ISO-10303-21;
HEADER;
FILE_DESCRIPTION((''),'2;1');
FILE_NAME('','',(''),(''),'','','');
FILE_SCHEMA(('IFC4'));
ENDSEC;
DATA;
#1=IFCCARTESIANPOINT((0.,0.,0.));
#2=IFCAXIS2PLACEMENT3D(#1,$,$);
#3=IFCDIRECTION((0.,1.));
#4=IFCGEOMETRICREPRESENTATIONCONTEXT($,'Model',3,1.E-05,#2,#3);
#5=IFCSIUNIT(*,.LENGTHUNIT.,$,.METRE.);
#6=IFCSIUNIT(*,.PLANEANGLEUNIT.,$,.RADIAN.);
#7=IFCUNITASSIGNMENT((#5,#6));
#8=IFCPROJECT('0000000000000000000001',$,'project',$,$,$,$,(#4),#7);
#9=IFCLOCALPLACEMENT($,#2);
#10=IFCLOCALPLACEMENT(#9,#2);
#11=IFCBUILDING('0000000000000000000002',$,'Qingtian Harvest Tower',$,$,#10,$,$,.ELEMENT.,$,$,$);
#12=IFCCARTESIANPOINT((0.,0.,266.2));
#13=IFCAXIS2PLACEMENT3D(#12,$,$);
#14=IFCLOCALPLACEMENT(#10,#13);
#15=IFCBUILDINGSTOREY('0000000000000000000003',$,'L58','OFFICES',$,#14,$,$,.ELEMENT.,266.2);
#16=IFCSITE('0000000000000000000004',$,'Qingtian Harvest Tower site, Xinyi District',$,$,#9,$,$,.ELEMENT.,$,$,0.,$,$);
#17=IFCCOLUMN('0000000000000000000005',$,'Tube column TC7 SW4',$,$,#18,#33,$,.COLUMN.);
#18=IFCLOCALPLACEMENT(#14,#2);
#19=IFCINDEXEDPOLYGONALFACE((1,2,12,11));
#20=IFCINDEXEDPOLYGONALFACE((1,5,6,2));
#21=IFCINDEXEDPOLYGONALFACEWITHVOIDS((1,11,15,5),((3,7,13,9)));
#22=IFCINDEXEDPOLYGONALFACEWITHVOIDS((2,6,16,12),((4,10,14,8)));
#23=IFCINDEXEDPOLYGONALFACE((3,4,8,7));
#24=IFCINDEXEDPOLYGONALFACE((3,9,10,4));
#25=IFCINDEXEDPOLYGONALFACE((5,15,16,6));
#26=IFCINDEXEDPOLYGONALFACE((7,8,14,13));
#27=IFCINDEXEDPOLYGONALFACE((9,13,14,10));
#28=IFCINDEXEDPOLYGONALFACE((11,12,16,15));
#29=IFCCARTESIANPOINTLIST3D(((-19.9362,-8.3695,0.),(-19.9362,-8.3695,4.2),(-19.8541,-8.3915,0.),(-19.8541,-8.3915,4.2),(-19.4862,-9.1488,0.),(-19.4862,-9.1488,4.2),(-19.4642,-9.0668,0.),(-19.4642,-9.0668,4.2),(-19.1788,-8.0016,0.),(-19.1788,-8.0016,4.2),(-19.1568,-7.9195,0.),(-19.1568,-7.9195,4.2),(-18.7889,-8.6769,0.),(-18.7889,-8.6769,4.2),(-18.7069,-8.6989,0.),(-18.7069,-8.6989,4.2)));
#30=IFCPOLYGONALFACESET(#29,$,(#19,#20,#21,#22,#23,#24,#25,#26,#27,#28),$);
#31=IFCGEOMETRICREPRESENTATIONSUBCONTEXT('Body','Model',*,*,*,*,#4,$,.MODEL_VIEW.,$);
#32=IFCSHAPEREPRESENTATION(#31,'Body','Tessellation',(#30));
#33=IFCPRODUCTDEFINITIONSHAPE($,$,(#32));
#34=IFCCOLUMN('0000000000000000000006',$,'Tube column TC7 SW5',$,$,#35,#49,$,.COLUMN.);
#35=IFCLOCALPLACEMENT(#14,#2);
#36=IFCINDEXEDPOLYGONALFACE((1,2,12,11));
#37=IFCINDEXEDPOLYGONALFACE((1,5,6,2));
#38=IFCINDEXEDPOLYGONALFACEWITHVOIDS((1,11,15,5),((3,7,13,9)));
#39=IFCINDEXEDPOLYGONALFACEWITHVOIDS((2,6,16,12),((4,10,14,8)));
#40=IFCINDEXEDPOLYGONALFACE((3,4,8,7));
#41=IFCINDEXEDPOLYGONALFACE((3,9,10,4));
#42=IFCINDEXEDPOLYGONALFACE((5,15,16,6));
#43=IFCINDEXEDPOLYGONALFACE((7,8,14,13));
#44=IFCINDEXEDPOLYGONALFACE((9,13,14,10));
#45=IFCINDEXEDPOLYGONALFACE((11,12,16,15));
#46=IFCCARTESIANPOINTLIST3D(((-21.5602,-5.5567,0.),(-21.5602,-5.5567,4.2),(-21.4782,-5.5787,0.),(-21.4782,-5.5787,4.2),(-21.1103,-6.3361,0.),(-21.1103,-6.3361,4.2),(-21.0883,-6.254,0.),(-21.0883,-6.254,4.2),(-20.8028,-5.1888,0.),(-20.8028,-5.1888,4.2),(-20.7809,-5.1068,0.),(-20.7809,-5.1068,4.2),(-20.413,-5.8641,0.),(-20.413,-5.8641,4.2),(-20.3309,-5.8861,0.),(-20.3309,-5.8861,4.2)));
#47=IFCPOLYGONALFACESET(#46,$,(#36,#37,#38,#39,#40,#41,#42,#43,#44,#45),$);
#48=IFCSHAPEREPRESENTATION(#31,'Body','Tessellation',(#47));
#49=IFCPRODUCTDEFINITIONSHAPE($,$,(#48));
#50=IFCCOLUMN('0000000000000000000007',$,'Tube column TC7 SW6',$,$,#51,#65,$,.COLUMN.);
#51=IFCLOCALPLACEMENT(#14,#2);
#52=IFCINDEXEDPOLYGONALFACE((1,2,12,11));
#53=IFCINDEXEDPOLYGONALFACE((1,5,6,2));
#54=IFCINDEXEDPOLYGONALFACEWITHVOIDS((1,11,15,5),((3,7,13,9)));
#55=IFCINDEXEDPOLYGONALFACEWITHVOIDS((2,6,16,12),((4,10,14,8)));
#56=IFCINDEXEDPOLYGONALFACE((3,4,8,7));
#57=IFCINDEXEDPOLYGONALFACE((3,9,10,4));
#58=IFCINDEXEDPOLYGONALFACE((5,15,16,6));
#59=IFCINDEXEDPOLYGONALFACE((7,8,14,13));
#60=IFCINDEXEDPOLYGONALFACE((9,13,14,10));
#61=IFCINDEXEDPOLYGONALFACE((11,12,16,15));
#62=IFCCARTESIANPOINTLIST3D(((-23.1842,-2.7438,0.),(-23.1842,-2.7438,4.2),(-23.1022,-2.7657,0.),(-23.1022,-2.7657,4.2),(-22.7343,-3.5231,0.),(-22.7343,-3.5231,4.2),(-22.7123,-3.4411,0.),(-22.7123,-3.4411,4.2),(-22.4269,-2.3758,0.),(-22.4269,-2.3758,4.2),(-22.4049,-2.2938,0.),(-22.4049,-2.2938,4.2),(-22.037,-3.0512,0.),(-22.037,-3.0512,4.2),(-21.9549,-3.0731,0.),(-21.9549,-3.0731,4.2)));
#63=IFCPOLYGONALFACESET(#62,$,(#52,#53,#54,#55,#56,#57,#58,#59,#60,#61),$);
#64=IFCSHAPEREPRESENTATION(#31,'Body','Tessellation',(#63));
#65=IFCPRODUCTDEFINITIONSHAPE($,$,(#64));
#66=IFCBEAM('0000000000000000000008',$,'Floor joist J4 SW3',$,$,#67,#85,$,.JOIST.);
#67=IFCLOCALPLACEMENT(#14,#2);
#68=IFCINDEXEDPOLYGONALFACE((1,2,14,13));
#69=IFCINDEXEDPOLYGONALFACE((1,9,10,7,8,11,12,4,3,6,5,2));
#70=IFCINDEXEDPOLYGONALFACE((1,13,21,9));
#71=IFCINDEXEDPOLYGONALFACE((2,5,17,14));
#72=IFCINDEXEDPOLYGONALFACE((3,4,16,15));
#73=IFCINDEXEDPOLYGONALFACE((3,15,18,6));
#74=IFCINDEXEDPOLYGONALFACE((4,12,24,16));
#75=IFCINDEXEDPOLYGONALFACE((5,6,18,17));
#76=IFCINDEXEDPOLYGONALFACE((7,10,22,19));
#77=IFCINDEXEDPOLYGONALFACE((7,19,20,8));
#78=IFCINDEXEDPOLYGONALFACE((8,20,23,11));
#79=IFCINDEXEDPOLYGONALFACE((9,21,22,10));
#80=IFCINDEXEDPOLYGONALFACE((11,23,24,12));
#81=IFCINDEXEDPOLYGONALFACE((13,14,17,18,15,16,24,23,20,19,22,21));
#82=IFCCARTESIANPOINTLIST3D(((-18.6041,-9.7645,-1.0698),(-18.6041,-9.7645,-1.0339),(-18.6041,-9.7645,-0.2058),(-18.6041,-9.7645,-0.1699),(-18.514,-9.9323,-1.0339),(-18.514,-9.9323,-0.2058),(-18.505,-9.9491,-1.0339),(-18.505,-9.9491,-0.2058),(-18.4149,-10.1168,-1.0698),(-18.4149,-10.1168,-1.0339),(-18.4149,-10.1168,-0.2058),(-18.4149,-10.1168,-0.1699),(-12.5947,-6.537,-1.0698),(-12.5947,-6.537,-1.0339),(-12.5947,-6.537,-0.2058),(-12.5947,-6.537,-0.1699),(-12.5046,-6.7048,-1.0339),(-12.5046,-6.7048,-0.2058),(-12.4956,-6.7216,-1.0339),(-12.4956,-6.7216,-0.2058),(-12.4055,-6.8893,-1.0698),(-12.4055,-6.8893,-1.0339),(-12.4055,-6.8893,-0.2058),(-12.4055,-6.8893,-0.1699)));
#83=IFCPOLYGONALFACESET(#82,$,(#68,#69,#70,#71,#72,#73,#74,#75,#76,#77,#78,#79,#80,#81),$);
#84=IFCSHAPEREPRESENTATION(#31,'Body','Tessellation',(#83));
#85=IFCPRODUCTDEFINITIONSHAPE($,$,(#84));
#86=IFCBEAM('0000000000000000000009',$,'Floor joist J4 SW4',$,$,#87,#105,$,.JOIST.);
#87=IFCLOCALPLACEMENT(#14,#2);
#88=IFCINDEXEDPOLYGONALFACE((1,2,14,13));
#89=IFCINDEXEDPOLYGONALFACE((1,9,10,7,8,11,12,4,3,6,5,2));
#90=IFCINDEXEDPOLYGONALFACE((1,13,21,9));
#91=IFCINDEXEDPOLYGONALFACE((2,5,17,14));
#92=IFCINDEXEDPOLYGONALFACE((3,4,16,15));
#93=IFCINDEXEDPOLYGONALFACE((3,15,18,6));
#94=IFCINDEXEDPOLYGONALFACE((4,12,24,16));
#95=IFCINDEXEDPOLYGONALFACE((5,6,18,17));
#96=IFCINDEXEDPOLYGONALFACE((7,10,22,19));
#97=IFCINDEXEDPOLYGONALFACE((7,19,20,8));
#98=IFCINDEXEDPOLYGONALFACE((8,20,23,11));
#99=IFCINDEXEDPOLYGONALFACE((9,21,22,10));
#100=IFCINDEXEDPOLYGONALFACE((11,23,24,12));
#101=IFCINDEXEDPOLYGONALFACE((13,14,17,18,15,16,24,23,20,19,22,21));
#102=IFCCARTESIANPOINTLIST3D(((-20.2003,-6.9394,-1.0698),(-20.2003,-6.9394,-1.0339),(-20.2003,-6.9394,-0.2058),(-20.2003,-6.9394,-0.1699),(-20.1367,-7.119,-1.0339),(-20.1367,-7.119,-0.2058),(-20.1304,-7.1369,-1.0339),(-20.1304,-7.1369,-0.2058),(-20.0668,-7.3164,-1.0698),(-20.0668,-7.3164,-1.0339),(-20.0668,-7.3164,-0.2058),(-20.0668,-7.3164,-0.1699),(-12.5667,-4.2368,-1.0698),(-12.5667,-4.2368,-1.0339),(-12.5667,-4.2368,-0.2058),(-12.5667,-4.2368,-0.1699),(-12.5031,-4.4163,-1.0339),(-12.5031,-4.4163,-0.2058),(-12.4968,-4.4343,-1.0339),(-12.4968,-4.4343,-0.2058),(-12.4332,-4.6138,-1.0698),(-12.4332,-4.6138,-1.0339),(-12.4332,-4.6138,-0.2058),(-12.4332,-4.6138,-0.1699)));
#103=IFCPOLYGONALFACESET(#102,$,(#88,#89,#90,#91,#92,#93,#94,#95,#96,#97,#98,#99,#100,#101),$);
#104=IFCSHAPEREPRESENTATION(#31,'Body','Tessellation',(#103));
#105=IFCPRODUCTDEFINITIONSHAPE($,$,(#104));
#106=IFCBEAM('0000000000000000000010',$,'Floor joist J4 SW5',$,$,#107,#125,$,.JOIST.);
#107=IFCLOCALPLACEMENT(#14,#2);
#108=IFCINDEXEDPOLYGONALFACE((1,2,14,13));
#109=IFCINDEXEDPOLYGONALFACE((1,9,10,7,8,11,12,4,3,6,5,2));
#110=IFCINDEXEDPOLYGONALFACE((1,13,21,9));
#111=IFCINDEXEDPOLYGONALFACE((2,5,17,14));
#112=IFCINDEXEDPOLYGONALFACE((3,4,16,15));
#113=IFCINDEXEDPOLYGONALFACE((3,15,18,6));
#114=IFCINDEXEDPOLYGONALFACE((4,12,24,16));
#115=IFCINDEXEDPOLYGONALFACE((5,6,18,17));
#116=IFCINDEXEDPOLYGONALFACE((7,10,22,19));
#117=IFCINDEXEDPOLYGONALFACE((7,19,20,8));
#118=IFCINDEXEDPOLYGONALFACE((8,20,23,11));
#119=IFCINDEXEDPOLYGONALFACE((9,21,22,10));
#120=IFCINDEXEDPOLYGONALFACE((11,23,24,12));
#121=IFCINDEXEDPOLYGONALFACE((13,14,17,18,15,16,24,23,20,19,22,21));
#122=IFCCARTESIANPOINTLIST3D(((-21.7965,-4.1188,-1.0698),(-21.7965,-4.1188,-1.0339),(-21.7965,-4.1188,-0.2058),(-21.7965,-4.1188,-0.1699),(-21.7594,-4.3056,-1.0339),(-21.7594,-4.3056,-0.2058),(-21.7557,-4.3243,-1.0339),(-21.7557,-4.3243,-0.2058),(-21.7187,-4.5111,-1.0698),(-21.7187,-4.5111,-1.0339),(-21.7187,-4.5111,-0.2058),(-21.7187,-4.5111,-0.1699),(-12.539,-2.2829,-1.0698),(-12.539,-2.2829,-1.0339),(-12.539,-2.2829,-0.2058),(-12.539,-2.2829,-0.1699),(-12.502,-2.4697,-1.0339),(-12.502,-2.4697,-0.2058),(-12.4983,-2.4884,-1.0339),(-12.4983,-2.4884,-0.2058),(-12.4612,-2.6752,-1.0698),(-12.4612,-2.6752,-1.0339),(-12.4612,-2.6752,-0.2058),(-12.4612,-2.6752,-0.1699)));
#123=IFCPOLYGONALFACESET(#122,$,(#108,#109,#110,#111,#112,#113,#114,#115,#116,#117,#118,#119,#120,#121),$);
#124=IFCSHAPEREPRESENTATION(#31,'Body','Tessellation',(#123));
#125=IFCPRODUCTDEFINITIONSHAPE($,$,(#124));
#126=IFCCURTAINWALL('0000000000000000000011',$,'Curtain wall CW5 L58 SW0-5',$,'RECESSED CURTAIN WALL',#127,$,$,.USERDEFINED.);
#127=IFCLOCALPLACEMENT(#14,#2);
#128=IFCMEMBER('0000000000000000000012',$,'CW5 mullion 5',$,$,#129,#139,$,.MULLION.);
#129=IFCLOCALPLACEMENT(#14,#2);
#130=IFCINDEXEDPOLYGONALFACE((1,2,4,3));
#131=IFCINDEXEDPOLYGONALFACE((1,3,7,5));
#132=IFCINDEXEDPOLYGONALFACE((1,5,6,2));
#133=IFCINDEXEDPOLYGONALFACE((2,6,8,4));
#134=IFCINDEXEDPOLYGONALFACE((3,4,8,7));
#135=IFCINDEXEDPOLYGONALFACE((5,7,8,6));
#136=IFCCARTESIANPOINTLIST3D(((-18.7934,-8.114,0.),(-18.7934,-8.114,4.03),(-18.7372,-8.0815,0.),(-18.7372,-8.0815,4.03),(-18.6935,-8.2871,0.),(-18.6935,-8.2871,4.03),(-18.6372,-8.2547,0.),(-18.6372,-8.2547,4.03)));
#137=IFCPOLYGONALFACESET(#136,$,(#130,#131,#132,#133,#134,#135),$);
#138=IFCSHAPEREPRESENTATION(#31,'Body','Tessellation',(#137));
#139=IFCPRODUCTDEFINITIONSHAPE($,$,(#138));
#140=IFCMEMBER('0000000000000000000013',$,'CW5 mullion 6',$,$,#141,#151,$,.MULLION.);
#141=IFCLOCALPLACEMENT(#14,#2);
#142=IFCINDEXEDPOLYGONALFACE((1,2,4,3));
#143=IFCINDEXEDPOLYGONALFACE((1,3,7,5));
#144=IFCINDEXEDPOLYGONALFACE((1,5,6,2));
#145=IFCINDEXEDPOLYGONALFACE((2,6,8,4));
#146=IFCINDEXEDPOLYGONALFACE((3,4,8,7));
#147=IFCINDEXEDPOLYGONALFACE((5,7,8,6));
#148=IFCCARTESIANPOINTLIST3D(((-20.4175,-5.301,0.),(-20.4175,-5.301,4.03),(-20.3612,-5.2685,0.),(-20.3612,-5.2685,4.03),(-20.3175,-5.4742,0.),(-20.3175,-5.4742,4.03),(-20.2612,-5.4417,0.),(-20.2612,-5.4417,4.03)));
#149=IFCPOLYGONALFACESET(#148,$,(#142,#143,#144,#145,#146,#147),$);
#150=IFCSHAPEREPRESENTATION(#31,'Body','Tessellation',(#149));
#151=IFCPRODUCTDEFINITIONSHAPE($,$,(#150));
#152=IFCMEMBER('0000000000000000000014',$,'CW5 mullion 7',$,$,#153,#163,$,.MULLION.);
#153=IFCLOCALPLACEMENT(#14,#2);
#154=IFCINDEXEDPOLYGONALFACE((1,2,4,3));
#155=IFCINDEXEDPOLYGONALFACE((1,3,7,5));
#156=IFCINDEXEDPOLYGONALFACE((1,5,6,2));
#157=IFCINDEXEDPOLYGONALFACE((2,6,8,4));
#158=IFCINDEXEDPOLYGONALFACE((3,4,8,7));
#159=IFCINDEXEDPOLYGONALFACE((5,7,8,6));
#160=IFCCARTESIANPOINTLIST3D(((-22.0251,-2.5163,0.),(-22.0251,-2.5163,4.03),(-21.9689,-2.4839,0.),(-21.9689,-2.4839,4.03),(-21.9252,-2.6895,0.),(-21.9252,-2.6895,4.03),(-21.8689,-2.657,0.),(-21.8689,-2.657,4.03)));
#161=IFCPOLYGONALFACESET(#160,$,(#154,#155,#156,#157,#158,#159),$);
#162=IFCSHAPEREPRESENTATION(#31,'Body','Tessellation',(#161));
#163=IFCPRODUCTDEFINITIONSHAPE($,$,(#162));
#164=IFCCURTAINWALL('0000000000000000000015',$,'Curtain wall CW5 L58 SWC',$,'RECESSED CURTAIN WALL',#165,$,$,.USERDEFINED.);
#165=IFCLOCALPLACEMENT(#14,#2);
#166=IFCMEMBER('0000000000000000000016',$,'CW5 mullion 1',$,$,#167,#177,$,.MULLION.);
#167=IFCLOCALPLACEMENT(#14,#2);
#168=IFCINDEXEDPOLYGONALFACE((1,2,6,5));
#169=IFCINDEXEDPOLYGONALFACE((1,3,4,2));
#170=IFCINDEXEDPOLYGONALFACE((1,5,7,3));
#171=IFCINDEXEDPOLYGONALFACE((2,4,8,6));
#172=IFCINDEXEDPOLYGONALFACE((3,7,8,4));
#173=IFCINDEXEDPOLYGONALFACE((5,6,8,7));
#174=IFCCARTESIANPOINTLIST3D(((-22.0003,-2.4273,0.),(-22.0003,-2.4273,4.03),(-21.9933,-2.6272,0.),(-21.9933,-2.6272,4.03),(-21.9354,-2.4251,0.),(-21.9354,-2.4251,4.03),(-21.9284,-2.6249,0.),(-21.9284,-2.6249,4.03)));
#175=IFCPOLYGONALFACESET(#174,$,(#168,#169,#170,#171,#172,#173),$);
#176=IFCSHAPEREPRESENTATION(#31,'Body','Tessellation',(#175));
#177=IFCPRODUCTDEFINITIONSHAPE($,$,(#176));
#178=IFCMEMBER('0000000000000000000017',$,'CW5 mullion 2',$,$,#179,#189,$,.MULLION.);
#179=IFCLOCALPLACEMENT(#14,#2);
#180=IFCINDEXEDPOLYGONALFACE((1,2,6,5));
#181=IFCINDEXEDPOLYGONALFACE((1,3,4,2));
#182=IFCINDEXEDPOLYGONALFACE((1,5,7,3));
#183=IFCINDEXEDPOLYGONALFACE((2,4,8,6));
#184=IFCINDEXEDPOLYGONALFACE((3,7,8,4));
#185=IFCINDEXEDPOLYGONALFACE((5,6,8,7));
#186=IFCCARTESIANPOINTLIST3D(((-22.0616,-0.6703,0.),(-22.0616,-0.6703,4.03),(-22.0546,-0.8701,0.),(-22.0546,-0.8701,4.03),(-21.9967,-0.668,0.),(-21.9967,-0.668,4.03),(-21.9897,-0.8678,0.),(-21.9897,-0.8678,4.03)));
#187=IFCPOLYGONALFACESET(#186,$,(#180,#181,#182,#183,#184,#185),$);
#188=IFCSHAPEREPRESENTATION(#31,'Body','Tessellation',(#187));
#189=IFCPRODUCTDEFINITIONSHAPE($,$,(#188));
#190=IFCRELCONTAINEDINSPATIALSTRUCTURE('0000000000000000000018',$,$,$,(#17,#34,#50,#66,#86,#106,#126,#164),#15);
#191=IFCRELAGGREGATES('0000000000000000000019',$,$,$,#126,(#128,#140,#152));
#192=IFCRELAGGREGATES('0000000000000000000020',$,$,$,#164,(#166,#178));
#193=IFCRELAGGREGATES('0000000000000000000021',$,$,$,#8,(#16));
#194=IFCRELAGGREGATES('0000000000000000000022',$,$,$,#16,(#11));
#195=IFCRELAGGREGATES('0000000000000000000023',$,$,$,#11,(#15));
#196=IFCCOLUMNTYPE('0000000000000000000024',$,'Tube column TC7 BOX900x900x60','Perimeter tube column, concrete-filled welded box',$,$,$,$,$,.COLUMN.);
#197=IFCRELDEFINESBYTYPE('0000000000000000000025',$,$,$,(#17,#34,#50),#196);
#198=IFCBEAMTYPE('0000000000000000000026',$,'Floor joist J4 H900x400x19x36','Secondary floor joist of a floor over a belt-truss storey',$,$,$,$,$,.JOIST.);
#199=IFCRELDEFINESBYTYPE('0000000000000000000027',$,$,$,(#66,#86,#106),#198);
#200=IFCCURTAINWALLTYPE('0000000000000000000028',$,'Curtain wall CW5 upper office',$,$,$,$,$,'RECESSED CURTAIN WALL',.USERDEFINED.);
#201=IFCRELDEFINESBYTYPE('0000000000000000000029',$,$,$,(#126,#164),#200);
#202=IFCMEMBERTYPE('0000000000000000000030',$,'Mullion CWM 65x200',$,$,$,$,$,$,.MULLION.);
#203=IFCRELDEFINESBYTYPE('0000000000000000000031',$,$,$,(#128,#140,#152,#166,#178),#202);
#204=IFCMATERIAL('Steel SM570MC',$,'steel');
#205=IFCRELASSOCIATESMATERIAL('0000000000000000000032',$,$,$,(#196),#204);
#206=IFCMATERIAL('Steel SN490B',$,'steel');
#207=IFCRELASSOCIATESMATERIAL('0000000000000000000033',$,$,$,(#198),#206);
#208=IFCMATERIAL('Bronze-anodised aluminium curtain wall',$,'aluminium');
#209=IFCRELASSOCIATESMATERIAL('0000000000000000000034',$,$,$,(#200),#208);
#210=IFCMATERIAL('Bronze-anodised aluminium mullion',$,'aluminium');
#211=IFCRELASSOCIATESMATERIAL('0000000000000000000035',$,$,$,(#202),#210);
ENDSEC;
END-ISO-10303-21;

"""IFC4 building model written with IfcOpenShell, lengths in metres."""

from ifc_helpers import new_model, si_unit, direction, frame, origin, origin_2d, place, context, subcontext, project, spatial, rectangle, hollow_rectangle, i_section, extrude, material, material_profile, profile_set, type_object, element, aggregate, save


model = new_model("IFC4")

# Units and contexts
model_context = context("Model", 3, precision=1e-05, world=origin(), true_north=direction((0.0, 1.0)))
body_context = subcontext(model_context, "Body", "Model", "MODEL_VIEW")
ifc_project = project(units=[si_unit("LENGTHUNIT", "METRE"), si_unit("PLANEANGLEUNIT", "RADIAN")], contexts=[model_context])

# Site, building, storey
site_placement = place(None, origin())
site = spatial("IfcSite", under=ifc_project, at=site_placement, Name="Qingtian Harvest Tower site, Xinyi District", CompositionType="ELEMENT", RefElevation=0.0)
building_placement = place(site_placement, origin())
building = spatial("IfcBuilding", under=site, at=building_placement, Name="Qingtian Harvest Tower", CompositionType="ELEMENT")
storey_placement = place(building_placement, frame((0.0, 0.0, 266.2)))
storey = spatial("IfcBuildingStorey", under=building, at=storey_placement, Name="L58", Description="OFFICES", CompositionType="ELEMENT", Elevation=266.2)

# Columns
ifc_material_1 = material(Name="Steel SM570MC", Category="steel")
ifc_material_profile_1 = material_profile(ifc_material_1, hollow_rectangle(XDim=0.8999, YDim=0.8999, WallThickness=0.0601, at=origin_2d()), Name="BOX900x900x60")
ifc_profile_set_1 = profile_set([ifc_material_profile_1], Name="Steel SM570MC")
column_type = type_object("IfcColumnType", Name="Tube column TC7 BOX900x900x60", Description="Perimeter tube column, concrete-filled welded box", PredefinedType="COLUMN", material=ifc_profile_set_1)
for number, where, z_axis, x_axis, name in (
    (1, (-19.3215, -8.5342, 0.0), (0.0, 0.0, 1.0), (0.5, -0.866025, 0.0), "Tube column TC7 SW4"),
    (2, (-20.9456, -5.7214, 0.0), (0.0, 0.0, 1.0), (0.5, -0.866025, 0.0), "Tube column TC7 SW5"),
    (3, (-22.5696, -2.9084, 0.0), (0.0, 0.0, 1.0), (0.5, -0.866025, 0.0), "Tube column TC7 SW6"),
):
    element("IfcColumn", number, at=place(storey_placement, frame(where, z_axis=z_axis, x_axis=x_axis)), inside=storey, type_object=column_type, Name=name, PredefinedType="COLUMN", context=body_context, shape_type="SweptSolid", body=[
        extrude(hollow_rectangle(XDim=0.8999, YDim=0.8999, WallThickness=0.0601, at=origin_2d()), origin(), (0.0, 0.0, 1.0), 4.2),
    ])

# Beams
ifc_material_2 = material(Name="Steel SN490B", Category="steel")
ifc_material_profile_2 = material_profile(ifc_material_2, i_section(OverallWidth=0.3999, OverallDepth=0.8999, WebThickness=0.019, FlangeThickness=0.0359, at=origin_2d()), Name="H900x400x19x36")
ifc_profile_set_2 = profile_set([ifc_material_profile_2], Name="Steel SN490B")
beam_type_1 = type_object("IfcBeamType", Name="Floor joist J4 H900x400x19x36", Description="Secondary floor joist of a floor over a belt-truss storey", PredefinedType="JOIST", material=ifc_profile_set_2)
beam_1_placement = place(storey_placement, frame((-18.5095, -9.9407, -0.6199), z_axis=(0.880982, 0.47315, 0.0), x_axis=(-0.47315, 0.880982, 0.0)))
element("IfcBeam", 4, at=beam_1_placement, inside=storey, type_object=beam_type_1, Name="Floor joist J4 SW3", PredefinedType="JOIST", context=body_context, shape_type="SweptSolid", body=[
    extrude(i_section(OverallWidth=0.3999, OverallDepth=0.8999, WebThickness=0.019, FlangeThickness=0.0359, at=origin_2d()), origin(), (0.0, 0.0, 1.0), 6.8213),
])
beam_2_placement = place(storey_placement, frame((-20.1335, -7.1279, -0.6199), z_axis=(0.942663, 0.333747, 0.0), x_axis=(-0.333747, 0.942663, 0.0)))
element("IfcBeam", 5, at=beam_2_placement, inside=storey, type_object=beam_type_1, Name="Floor joist J4 SW4", PredefinedType="JOIST", context=body_context, shape_type="SweptSolid", body=[
    extrude(i_section(OverallWidth=0.3999, OverallDepth=0.8999, WebThickness=0.019, FlangeThickness=0.0359, at=origin_2d()), origin(), (0.0, 0.0, 1.0), 8.0979),
])
beam_3_placement = place(storey_placement, frame((-21.7576, -4.3149, -0.6199), z_axis=(0.980897, 0.194529, 0.0), x_axis=(-0.194529, 0.980897, 0.0)))
element("IfcBeam", 6, at=beam_3_placement, inside=storey, type_object=beam_type_1, Name="Floor joist J4 SW5", PredefinedType="JOIST", context=body_context, shape_type="SweptSolid", body=[
    extrude(i_section(OverallWidth=0.3999, OverallDepth=0.8999, WebThickness=0.019, FlangeThickness=0.0359, at=origin_2d()), origin(), (0.0, 0.0, 1.0), 9.4377),
])

# Curtain walls, members
ifc_material_3 = material(Name="Bronze-anodised aluminium curtain wall", Category="aluminium")
curtain_wall_type = type_object("IfcCurtainWallType", Name="Curtain wall CW5 upper office", ElementType="RECESSED CURTAIN WALL", PredefinedType="USERDEFINED", material=ifc_material_3)
curtain_wall_1_placement = place(storey_placement, origin())
curtain_wall_1 = element("IfcCurtainWall", 7, at=curtain_wall_1_placement, inside=storey, type_object=curtain_wall_type, Name="Curtain wall CW5 L58 SW0-5", ObjectType="RECESSED CURTAIN WALL", PredefinedType="USERDEFINED")
ifc_material_4 = material(Name="Bronze-anodised aluminium mullion", Category="aluminium")
ifc_material_profile_3 = material_profile(ifc_material_4, rectangle(XDim=0.0649, YDim=0.2, at=origin_2d()), Name="AL 65x200")
ifc_profile_set_3 = profile_set([ifc_material_profile_3], Name="Bronze-anodised aluminium mullion")
member_type_1 = type_object("IfcMemberType", Name="Mullion CWM 65x200", PredefinedType="MULLION", material=ifc_profile_set_3)
member_1_placement = place(storey_placement, frame((-18.7153, -8.1843, 0.0), z_axis=(0.0, 0.0, 1.0), x_axis=(-0.866025, -0.5, 0.0)))
member_1 = element("IfcMember", 8, at=member_1_placement, type_object=member_type_1, Name="CW5 mullion 5", PredefinedType="MULLION", context=body_context, shape_type="SweptSolid", body=[
    extrude(rectangle(XDim=0.0649, YDim=0.2, at=origin_2d()), origin(), (0.0, 0.0, 1.0), 4.03),
])
member_2_placement = place(storey_placement, frame((-20.3394, -5.3713, 0.0), z_axis=(0.0, 0.0, 1.0), x_axis=(-0.866025, -0.5, 0.0)))
member_2 = element("IfcMember", 9, at=member_2_placement, type_object=member_type_1, Name="CW5 mullion 6", PredefinedType="MULLION", context=body_context, shape_type="SweptSolid", body=[
    extrude(rectangle(XDim=0.0649, YDim=0.2, at=origin_2d()), origin(), (0.0, 0.0, 1.0), 4.03),
])
member_3_placement = place(storey_placement, frame((-21.947, -2.5867, 0.0), z_axis=(0.0, 0.0, 1.0), x_axis=(-0.866025, -0.5, 0.0)))
member_3 = element("IfcMember", 10, at=member_3_placement, type_object=member_type_1, Name="CW5 mullion 7", PredefinedType="MULLION", context=body_context, shape_type="SweptSolid", body=[
    extrude(rectangle(XDim=0.0649, YDim=0.2, at=origin_2d()), origin(), (0.0, 0.0, 1.0), 4.03),
])
curtain_wall_2_placement = place(storey_placement, origin())
curtain_wall_2 = element("IfcCurtainWall", 11, at=curtain_wall_2_placement, inside=storey, type_object=curtain_wall_type, Name="Curtain wall CW5 L58 SWC", ObjectType="RECESSED CURTAIN WALL", PredefinedType="USERDEFINED")
member_4_placement = place(storey_placement, frame((-21.9644, -2.5261, 0.0), z_axis=(0.0, 0.0, 1.0), x_axis=(-0.999391, -0.034899, 0.0)))
member_4 = element("IfcMember", 12, at=member_4_placement, type_object=member_type_1, Name="CW5 mullion 1", PredefinedType="MULLION", context=body_context, shape_type="SweptSolid", body=[
    extrude(rectangle(XDim=0.0649, YDim=0.2, at=origin_2d()), origin(), (0.0, 0.0, 1.0), 4.03),
])
member_5_placement = place(storey_placement, frame((-22.0256, -0.769, 0.0), z_axis=(0.0, 0.0, 1.0), x_axis=(-0.999391, -0.034899, 0.0)))
member_5 = element("IfcMember", 13, at=member_5_placement, type_object=member_type_1, Name="CW5 mullion 2", PredefinedType="MULLION", context=body_context, shape_type="SweptSolid", body=[
    extrude(rectangle(XDim=0.0649, YDim=0.2, at=origin_2d()), origin(), (0.0, 0.0, 1.0), 4.03),
])

aggregate(curtain_wall_1, [member_1, member_2, member_3])
aggregate(curtain_wall_2, [member_4, member_5])

save(model, "model.ifc")
